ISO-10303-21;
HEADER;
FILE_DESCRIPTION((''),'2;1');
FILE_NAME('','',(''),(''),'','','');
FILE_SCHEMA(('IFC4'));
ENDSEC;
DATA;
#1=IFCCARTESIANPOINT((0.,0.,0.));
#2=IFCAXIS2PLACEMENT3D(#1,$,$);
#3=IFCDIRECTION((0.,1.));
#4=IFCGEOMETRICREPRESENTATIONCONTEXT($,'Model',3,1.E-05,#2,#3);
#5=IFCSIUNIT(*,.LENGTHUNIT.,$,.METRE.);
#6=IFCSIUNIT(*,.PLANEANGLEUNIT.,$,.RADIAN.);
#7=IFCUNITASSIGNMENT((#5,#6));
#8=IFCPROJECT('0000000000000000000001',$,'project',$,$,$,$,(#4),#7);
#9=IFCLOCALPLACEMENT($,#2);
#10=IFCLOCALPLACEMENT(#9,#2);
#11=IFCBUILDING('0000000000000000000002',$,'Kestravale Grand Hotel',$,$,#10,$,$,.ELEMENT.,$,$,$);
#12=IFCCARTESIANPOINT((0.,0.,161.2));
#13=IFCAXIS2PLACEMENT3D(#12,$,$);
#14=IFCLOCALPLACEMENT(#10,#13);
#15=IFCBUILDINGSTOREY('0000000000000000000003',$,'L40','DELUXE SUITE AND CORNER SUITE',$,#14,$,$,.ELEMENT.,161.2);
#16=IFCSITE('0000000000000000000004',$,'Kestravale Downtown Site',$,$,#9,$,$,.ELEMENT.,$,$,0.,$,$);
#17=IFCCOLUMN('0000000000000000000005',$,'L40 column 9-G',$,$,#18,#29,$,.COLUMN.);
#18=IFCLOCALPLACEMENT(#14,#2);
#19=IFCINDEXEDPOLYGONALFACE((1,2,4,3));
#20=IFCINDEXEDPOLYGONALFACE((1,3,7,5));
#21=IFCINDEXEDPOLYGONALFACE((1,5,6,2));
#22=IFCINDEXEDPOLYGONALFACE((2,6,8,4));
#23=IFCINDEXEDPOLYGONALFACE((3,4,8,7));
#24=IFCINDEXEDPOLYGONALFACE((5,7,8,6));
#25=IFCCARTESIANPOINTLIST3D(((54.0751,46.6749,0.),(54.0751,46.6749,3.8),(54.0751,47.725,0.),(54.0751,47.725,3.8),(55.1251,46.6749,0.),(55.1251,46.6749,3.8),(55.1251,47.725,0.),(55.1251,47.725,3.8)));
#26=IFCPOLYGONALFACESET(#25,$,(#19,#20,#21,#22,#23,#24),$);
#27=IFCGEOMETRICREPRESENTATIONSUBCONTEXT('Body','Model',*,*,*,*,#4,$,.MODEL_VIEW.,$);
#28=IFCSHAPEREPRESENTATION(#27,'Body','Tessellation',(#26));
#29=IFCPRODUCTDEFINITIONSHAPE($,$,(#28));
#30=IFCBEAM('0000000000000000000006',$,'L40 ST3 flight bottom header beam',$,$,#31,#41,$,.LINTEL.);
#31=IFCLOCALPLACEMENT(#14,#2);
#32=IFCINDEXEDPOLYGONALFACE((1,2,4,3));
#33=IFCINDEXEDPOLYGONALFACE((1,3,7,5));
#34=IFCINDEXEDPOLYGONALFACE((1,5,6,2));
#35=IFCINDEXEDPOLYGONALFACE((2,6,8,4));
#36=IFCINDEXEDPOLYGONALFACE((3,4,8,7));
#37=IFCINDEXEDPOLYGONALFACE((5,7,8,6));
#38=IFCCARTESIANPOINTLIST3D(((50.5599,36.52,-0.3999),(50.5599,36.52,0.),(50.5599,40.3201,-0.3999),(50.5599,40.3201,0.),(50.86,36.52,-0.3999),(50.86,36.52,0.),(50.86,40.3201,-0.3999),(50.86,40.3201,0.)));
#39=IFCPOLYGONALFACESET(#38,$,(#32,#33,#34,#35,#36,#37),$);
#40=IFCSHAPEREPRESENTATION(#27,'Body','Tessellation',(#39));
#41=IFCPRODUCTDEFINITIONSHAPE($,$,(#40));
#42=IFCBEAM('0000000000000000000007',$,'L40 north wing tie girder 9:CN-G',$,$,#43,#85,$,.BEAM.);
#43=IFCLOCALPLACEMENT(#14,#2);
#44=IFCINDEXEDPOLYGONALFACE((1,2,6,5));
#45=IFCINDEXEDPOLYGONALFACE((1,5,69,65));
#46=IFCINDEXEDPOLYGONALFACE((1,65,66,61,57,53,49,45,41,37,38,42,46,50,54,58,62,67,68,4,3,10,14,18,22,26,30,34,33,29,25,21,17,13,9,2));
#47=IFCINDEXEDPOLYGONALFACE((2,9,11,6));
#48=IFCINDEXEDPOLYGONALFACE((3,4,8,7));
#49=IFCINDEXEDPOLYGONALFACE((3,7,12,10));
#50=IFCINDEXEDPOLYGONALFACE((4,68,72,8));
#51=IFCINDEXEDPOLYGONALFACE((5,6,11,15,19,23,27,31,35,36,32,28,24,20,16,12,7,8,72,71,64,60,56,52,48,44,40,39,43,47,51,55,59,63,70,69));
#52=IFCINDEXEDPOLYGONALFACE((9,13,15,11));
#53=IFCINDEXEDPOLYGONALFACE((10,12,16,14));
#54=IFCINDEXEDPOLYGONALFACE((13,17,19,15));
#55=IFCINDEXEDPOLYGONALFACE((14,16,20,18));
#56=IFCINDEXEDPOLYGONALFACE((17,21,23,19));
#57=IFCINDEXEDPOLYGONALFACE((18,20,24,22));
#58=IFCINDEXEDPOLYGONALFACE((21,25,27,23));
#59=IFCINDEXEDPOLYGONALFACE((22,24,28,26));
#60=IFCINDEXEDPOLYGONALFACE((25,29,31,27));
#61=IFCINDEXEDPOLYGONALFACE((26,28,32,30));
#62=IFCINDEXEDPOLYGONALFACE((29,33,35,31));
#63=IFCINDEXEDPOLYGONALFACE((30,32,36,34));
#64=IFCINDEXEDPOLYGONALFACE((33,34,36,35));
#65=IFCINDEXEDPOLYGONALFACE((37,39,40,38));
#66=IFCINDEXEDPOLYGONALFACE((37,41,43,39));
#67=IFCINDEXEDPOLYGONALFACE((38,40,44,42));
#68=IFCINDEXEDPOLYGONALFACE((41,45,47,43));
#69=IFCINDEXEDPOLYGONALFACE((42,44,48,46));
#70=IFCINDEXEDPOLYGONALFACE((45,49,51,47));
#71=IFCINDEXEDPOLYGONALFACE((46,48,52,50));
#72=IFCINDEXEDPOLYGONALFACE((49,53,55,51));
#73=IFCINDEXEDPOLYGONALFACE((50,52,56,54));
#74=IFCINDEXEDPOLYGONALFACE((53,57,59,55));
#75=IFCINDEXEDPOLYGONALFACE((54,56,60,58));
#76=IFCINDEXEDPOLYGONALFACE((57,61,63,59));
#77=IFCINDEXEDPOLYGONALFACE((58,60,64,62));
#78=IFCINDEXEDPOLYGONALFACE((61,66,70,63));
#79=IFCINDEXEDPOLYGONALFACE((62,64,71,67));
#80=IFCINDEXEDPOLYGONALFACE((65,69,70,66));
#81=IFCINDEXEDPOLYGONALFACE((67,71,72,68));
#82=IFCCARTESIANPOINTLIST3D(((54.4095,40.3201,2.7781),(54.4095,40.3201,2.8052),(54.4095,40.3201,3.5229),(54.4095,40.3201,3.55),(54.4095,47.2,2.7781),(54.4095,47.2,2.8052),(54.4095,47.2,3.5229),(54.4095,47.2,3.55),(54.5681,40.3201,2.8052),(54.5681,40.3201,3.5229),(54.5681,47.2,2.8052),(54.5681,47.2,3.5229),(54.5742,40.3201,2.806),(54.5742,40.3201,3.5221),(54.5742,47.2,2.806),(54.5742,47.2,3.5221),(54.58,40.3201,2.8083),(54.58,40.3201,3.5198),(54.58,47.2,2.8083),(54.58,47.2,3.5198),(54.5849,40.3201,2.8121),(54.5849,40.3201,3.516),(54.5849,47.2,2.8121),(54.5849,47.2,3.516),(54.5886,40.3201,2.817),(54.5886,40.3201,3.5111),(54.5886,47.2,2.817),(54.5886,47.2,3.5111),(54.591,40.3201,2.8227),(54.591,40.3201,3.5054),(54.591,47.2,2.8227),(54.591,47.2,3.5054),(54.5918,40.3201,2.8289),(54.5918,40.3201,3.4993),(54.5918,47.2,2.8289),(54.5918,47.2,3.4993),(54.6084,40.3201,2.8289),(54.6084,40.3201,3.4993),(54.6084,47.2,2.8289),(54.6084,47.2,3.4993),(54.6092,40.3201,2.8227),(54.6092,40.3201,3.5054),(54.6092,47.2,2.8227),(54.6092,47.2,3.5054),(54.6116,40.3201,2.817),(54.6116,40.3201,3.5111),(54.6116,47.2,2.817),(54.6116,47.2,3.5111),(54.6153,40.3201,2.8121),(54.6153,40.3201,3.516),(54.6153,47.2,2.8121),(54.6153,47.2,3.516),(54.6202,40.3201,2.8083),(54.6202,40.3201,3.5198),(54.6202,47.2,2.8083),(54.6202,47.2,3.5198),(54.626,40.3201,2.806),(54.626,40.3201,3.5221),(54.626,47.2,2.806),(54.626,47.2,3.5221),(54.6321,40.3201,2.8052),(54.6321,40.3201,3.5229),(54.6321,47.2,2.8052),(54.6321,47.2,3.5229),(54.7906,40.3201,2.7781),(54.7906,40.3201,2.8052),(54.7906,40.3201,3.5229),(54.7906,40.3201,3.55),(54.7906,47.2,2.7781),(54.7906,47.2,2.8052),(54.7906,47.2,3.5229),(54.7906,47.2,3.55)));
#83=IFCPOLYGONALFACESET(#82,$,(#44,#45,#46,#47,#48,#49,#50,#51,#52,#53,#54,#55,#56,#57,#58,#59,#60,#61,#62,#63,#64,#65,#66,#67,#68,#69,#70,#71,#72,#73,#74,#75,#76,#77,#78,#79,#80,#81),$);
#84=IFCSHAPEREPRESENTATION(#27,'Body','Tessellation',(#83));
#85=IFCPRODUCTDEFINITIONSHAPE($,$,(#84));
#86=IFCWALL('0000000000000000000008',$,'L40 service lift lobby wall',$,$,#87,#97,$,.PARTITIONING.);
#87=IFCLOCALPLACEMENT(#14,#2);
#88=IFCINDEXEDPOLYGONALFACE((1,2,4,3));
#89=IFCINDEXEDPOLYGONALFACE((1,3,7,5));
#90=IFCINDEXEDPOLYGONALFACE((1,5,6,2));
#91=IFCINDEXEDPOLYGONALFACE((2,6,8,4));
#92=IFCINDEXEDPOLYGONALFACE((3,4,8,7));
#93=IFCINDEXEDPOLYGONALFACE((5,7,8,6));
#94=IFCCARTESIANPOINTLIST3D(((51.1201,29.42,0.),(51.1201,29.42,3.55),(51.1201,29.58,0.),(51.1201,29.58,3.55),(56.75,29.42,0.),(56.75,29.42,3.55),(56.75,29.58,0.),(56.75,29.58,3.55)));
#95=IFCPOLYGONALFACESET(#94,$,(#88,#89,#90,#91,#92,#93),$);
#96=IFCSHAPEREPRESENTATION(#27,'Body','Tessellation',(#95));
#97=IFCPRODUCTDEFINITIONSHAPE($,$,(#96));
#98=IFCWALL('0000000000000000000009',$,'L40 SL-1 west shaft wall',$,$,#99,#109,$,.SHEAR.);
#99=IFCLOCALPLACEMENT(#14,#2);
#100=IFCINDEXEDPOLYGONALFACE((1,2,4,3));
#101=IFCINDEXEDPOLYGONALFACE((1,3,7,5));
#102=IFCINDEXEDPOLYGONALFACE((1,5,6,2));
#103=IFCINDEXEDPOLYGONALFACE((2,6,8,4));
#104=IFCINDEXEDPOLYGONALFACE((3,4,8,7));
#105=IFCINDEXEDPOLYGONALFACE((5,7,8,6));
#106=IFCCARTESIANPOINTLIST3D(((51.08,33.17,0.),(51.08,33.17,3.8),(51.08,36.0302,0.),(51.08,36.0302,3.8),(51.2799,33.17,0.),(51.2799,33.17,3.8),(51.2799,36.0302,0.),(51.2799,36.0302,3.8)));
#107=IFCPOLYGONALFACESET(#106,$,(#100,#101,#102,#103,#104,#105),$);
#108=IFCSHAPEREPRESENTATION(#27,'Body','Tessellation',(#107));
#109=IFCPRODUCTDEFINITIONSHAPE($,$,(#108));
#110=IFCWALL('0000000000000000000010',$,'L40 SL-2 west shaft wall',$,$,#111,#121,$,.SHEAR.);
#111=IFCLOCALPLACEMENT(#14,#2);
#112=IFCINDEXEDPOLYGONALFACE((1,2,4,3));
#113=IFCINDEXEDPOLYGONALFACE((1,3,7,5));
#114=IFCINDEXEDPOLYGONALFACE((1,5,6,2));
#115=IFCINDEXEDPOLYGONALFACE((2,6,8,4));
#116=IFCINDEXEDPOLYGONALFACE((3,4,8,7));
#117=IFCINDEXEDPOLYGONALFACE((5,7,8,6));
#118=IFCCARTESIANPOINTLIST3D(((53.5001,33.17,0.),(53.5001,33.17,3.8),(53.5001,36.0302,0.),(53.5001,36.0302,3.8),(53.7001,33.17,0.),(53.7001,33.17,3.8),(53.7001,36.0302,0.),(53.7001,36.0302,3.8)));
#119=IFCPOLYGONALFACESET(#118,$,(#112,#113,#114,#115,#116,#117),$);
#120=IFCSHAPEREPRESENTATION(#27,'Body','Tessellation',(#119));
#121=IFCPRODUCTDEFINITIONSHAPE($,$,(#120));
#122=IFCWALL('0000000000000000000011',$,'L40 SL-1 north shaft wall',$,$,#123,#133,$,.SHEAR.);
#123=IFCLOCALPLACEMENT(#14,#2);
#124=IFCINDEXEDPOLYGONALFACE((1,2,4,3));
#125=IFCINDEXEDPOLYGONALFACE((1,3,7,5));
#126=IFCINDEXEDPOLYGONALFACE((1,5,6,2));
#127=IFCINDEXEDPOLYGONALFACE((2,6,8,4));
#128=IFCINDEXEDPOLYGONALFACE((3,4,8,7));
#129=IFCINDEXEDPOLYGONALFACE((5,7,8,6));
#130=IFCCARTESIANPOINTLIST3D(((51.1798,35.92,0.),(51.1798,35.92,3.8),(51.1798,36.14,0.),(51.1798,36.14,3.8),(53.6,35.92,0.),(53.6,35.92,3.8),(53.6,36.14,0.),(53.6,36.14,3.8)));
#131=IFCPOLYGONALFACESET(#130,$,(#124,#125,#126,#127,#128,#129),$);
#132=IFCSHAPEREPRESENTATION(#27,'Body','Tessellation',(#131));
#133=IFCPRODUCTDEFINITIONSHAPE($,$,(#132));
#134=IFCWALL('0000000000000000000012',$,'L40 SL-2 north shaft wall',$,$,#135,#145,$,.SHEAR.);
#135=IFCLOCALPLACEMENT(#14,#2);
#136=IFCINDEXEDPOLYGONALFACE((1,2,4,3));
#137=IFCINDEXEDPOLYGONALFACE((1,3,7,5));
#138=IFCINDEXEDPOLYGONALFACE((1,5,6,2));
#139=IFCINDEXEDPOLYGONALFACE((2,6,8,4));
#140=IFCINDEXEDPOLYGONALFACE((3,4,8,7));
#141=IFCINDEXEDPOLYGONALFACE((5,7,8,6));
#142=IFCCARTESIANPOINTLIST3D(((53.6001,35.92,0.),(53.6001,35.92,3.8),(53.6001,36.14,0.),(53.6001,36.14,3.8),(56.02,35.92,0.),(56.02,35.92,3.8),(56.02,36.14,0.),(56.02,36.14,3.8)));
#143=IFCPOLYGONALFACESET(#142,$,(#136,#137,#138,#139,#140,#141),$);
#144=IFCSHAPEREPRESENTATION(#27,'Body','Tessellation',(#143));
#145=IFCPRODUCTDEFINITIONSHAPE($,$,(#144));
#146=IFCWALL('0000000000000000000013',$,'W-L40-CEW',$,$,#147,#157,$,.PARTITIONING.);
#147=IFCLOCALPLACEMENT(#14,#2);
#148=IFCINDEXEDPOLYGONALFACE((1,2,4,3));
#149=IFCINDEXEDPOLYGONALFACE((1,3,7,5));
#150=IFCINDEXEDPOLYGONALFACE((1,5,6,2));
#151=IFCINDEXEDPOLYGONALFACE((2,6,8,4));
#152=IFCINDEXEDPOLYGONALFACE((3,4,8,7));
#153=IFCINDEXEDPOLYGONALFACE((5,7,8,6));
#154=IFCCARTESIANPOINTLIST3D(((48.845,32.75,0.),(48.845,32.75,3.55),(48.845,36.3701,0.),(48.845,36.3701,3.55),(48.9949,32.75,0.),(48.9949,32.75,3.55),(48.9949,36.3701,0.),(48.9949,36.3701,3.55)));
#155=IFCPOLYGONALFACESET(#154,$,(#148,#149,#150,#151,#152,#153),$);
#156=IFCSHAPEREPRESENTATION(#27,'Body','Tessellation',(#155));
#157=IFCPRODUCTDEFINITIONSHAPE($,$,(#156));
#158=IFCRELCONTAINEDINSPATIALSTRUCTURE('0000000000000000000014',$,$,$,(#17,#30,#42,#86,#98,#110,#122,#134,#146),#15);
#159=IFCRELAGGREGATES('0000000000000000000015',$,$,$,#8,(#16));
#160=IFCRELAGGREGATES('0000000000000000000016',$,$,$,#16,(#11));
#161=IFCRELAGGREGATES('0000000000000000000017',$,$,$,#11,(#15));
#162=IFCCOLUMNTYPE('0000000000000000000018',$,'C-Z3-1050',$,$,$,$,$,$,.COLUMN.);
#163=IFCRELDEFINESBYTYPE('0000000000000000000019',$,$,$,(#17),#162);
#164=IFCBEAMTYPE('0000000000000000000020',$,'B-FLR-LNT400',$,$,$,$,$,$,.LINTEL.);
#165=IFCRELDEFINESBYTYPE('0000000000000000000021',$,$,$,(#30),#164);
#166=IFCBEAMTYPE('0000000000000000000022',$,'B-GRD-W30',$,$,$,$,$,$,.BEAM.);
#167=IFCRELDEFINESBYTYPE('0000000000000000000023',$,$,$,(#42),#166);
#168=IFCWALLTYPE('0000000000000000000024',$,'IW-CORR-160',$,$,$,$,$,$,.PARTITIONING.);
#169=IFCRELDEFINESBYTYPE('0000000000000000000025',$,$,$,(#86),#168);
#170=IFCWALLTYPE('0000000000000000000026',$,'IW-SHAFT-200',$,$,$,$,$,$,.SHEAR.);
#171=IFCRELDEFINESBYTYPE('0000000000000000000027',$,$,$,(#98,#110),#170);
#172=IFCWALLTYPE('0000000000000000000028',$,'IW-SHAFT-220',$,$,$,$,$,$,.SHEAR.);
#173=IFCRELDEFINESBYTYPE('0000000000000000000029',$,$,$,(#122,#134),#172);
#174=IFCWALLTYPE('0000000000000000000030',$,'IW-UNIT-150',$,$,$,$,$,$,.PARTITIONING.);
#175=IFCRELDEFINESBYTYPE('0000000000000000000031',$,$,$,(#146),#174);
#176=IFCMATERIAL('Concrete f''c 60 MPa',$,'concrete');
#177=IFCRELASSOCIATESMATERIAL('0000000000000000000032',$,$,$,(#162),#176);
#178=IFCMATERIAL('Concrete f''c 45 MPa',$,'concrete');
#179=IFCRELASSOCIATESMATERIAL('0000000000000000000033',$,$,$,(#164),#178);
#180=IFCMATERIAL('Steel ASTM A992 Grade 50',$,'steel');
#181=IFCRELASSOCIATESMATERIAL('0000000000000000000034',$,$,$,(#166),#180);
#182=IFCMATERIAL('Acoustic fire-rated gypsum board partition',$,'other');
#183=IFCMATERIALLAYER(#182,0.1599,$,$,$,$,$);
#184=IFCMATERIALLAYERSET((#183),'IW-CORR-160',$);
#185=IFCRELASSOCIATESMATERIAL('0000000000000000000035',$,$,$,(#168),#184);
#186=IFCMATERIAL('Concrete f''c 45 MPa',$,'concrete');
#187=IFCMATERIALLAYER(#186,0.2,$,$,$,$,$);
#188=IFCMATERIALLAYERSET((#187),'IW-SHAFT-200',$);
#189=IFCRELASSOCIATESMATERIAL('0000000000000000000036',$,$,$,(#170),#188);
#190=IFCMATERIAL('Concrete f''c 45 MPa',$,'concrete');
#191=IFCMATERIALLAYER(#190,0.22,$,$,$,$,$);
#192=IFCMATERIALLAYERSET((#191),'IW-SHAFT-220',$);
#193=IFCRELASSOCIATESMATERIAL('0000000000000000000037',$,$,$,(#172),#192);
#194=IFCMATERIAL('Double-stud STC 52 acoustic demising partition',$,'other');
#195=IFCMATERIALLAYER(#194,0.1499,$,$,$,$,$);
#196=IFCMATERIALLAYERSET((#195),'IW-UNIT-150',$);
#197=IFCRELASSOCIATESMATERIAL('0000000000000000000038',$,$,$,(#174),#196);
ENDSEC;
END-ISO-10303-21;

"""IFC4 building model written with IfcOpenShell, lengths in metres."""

from ifc_helpers import new_model, si_unit, direction, frame, frame_2d, origin, origin_2d, place, context, subcontext, project, spatial, rectangle, i_section, extrude, material, layer, layer_set, material_profile, profile_set, type_object, element, save


model = new_model("IFC4")

# Units and contexts
model_context = context("Model", 3, precision=1e-05, world=origin(), true_north=direction((0.0, 1.0)))
body_context = subcontext(model_context, "Body", "Model", "MODEL_VIEW")
ifc_project = project(units=[si_unit("LENGTHUNIT", "METRE"), si_unit("PLANEANGLEUNIT", "RADIAN")], contexts=[model_context])

# Site, building, storey
site_placement = place(None, origin())
site = spatial("IfcSite", under=ifc_project, at=site_placement, Name="Kestravale Downtown Site", CompositionType="ELEMENT", RefElevation=0.0)
building_placement = place(site_placement, origin())
building = spatial("IfcBuilding", under=site, at=building_placement, Name="Kestravale Grand Hotel", CompositionType="ELEMENT")
storey_placement = place(building_placement, frame((0.0, 0.0, 161.2)))
storey = spatial("IfcBuildingStorey", under=building, at=storey_placement, Name="L40", Description="DELUXE SUITE AND CORNER SUITE", CompositionType="ELEMENT", Elevation=161.2)

# Column
ifc_material_1 = material(Name="Concrete f'c 60 MPa", Category="concrete")
ifc_material_profile_1 = material_profile(ifc_material_1, rectangle(XDim=1.05, YDim=1.05, at=origin_2d()))
ifc_profile_set_1 = profile_set([ifc_material_profile_1], Name="Concrete f'c 60 MPa")
column_type = type_object("IfcColumnType", Name="C-Z3-1050", PredefinedType="COLUMN", material=ifc_profile_set_1)
column_placement = place(storey_placement, frame((54.6001, 47.2, 0.0), z_axis=(0.0, 0.0, 1.0), x_axis=(1.0, 0.0, 0.0)))
element("IfcColumn", 1, at=column_placement, inside=storey, type_object=column_type, Name="L40 column 9-G", PredefinedType="COLUMN", context=body_context, shape_type="SweptSolid", body=[
    extrude(rectangle(XDim=1.05, YDim=1.05, at=origin_2d()), origin(), (0.0, 0.0, 1.0), 3.8),
])

# Beams
ifc_material_2 = material(Name="Concrete f'c 45 MPa", Category="concrete")
ifc_material_profile_2 = material_profile(ifc_material_2, rectangle(XDim=0.3, YDim=0.3999, at=origin_2d()))
ifc_profile_set_2 = profile_set([ifc_material_profile_2], Name="Concrete f'c 45 MPa")
beam_type_1 = type_object("IfcBeamType", Name="B-FLR-LNT400", PredefinedType="LINTEL", material=ifc_profile_set_2)
beam_1_placement = place(storey_placement, frame((50.71, 36.52, -0.2), z_axis=(0.0, 1.0, 0.0), x_axis=(-1.0, 0.0, 0.0)))
element("IfcBeam", 2, at=beam_1_placement, inside=storey, type_object=beam_type_1, Name="L40 ST3 flight bottom header beam", PredefinedType="LINTEL", context=body_context, shape_type="SweptSolid", body=[
    extrude(rectangle(XDim=0.3, YDim=0.3999, at=origin_2d()), origin(), (0.0, 0.0, 1.0), 3.8),
])
ifc_material_3 = material(Name="Steel ASTM A992 Grade 50", Category="steel")
ifc_material_profile_3 = material_profile(ifc_material_3, i_section(OverallWidth=0.3811, OverallDepth=0.772, WebThickness=0.0166, FlangeThickness=0.0271, FilletRadius=0.0237, at=origin_2d()))
ifc_profile_set_3 = profile_set([ifc_material_profile_3], Name="Steel ASTM A992 Grade 50")
beam_type_2 = type_object("IfcBeamType", Name="B-GRD-W30", PredefinedType="BEAM", material=ifc_profile_set_3)
beam_2_placement = place(storey_placement, frame((54.6001, 40.3201, 3.1641), z_axis=(0.0, 1.0, 0.0), x_axis=(-1.0, 0.0, 0.0)))
element("IfcBeam", 3, at=beam_2_placement, inside=storey, type_object=beam_type_2, Name="L40 north wing tie girder 9:CN-G", PredefinedType="BEAM", context=body_context, shape_type="SweptSolid", body=[
    extrude(i_section(OverallWidth=0.3811, OverallDepth=0.772, WebThickness=0.0166, FlangeThickness=0.0271, FilletRadius=0.0237, at=origin_2d()), origin(), (0.0, 0.0, 1.0), 6.8799),
])

# Shared definitions
ifc_material_4 = material(Name="Acoustic fire-rated gypsum board partition", Category="other")
ifc_layer_1 = layer(ifc_material_4, 0.1599)
ifc_layer_set_1 = layer_set([ifc_layer_1], Name="IW-CORR-160")
wall_type_1 = type_object("IfcWallType", Name="IW-CORR-160", PredefinedType="PARTITIONING", material=ifc_layer_set_1)

# Walls
wall_1_placement = place(storey_placement, frame((51.1201, 29.5, 0.0), z_axis=(0.0, 0.0, 1.0), x_axis=(1.0, 0.0, 0.0)))
element("IfcWall", 4, at=wall_1_placement, inside=storey, type_object=wall_type_1, Name="L40 service lift lobby wall", PredefinedType="PARTITIONING", context=body_context, shape_type="SweptSolid", body=[
    extrude(rectangle(XDim=5.6299, YDim=0.1599, at=frame_2d((2.8149, 0.0))), origin(), (0.0, 0.0, 1.0), 3.55),
])
ifc_material_5 = material(Name="Concrete f'c 45 MPa", Category="concrete")
ifc_layer_2 = layer(ifc_material_5, 0.2)
ifc_layer_set_2 = layer_set([ifc_layer_2], Name="IW-SHAFT-200")
wall_type_2 = type_object("IfcWallType", Name="IW-SHAFT-200", PredefinedType="SHEAR", material=ifc_layer_set_2)
for number, where, z_axis, x_axis, name in (
    (5, (51.1799, 33.1699, 0.0), (0.0, 0.0, 1.0), (0.0, 1.0, 0.0), "L40 SL-1 west shaft wall"),
    (6, (53.6001, 33.1699, 0.0), (0.0, 0.0, 1.0), (0.0, 1.0, 0.0), "L40 SL-2 west shaft wall"),
):
    element("IfcWall", number, at=place(storey_placement, frame(where, z_axis=z_axis, x_axis=x_axis)), inside=storey, type_object=wall_type_2, Name=name, PredefinedType="SHEAR", context=body_context, shape_type="SweptSolid", body=[
        extrude(rectangle(XDim=2.8601, YDim=0.2, at=frame_2d((1.4302, 0.0))), origin(), (0.0, 0.0, 1.0), 3.8),
    ])
ifc_material_6 = material(Name="Concrete f'c 45 MPa", Category="concrete")
ifc_layer_3 = layer(ifc_material_6, 0.22)
ifc_layer_set_3 = layer_set([ifc_layer_3], Name="IW-SHAFT-220")
wall_type_3 = type_object("IfcWallType", Name="IW-SHAFT-220", PredefinedType="SHEAR", material=ifc_layer_set_3)
wall_2_placement = place(storey_placement, frame((51.1799, 36.03, 0.0), z_axis=(0.0, 0.0, 1.0), x_axis=(1.0, 0.0, 0.0)))
element("IfcWall", 7, at=wall_2_placement, inside=storey, type_object=wall_type_3, Name="L40 SL-1 north shaft wall", PredefinedType="SHEAR", context=body_context, shape_type="SweptSolid", body=[
    extrude(rectangle(XDim=2.4202, YDim=0.22, at=frame_2d((1.21, 0.0))), origin(), (0.0, 0.0, 1.0), 3.8),
])

# Wall
wall_3_placement = place(storey_placement, frame((53.6001, 36.03, 0.0), z_axis=(0.0, 0.0, 1.0), x_axis=(1.0, 0.0, 0.0)))
element("IfcWall", 8, at=wall_3_placement, inside=storey, type_object=wall_type_3, Name="L40 SL-2 north shaft wall", PredefinedType="SHEAR", context=body_context, shape_type="SweptSolid", body=[
    extrude(rectangle(XDim=2.4199, YDim=0.22, at=frame_2d((1.21, 0.0))), origin(), (0.0, 0.0, 1.0), 3.8),
])

# Wall
ifc_material_7 = material(Name="Double-stud STC 52 acoustic demising partition", Category="other")
ifc_layer_4 = layer(ifc_material_7, 0.1499)
ifc_layer_set_4 = layer_set([ifc_layer_4], Name="IW-UNIT-150")
wall_type_4 = type_object("IfcWallType", Name="IW-UNIT-150", PredefinedType="PARTITIONING", material=ifc_layer_set_4)
wall_4_placement = place(storey_placement, frame((48.9199, 32.75, 0.0), z_axis=(0.0, 0.0, 1.0), x_axis=(0.0, 1.0, 0.0)))
element("IfcWall", 9, at=wall_4_placement, inside=storey, type_object=wall_type_4, Name="W-L40-CEW", PredefinedType="PARTITIONING", context=body_context, shape_type="SweptSolid", body=[
    extrude(rectangle(XDim=3.6201, YDim=0.1499, at=frame_2d((1.8101, 0.0))), origin(), (0.0, 0.0, 1.0), 3.55),
])

save(model, "model.ifc")
